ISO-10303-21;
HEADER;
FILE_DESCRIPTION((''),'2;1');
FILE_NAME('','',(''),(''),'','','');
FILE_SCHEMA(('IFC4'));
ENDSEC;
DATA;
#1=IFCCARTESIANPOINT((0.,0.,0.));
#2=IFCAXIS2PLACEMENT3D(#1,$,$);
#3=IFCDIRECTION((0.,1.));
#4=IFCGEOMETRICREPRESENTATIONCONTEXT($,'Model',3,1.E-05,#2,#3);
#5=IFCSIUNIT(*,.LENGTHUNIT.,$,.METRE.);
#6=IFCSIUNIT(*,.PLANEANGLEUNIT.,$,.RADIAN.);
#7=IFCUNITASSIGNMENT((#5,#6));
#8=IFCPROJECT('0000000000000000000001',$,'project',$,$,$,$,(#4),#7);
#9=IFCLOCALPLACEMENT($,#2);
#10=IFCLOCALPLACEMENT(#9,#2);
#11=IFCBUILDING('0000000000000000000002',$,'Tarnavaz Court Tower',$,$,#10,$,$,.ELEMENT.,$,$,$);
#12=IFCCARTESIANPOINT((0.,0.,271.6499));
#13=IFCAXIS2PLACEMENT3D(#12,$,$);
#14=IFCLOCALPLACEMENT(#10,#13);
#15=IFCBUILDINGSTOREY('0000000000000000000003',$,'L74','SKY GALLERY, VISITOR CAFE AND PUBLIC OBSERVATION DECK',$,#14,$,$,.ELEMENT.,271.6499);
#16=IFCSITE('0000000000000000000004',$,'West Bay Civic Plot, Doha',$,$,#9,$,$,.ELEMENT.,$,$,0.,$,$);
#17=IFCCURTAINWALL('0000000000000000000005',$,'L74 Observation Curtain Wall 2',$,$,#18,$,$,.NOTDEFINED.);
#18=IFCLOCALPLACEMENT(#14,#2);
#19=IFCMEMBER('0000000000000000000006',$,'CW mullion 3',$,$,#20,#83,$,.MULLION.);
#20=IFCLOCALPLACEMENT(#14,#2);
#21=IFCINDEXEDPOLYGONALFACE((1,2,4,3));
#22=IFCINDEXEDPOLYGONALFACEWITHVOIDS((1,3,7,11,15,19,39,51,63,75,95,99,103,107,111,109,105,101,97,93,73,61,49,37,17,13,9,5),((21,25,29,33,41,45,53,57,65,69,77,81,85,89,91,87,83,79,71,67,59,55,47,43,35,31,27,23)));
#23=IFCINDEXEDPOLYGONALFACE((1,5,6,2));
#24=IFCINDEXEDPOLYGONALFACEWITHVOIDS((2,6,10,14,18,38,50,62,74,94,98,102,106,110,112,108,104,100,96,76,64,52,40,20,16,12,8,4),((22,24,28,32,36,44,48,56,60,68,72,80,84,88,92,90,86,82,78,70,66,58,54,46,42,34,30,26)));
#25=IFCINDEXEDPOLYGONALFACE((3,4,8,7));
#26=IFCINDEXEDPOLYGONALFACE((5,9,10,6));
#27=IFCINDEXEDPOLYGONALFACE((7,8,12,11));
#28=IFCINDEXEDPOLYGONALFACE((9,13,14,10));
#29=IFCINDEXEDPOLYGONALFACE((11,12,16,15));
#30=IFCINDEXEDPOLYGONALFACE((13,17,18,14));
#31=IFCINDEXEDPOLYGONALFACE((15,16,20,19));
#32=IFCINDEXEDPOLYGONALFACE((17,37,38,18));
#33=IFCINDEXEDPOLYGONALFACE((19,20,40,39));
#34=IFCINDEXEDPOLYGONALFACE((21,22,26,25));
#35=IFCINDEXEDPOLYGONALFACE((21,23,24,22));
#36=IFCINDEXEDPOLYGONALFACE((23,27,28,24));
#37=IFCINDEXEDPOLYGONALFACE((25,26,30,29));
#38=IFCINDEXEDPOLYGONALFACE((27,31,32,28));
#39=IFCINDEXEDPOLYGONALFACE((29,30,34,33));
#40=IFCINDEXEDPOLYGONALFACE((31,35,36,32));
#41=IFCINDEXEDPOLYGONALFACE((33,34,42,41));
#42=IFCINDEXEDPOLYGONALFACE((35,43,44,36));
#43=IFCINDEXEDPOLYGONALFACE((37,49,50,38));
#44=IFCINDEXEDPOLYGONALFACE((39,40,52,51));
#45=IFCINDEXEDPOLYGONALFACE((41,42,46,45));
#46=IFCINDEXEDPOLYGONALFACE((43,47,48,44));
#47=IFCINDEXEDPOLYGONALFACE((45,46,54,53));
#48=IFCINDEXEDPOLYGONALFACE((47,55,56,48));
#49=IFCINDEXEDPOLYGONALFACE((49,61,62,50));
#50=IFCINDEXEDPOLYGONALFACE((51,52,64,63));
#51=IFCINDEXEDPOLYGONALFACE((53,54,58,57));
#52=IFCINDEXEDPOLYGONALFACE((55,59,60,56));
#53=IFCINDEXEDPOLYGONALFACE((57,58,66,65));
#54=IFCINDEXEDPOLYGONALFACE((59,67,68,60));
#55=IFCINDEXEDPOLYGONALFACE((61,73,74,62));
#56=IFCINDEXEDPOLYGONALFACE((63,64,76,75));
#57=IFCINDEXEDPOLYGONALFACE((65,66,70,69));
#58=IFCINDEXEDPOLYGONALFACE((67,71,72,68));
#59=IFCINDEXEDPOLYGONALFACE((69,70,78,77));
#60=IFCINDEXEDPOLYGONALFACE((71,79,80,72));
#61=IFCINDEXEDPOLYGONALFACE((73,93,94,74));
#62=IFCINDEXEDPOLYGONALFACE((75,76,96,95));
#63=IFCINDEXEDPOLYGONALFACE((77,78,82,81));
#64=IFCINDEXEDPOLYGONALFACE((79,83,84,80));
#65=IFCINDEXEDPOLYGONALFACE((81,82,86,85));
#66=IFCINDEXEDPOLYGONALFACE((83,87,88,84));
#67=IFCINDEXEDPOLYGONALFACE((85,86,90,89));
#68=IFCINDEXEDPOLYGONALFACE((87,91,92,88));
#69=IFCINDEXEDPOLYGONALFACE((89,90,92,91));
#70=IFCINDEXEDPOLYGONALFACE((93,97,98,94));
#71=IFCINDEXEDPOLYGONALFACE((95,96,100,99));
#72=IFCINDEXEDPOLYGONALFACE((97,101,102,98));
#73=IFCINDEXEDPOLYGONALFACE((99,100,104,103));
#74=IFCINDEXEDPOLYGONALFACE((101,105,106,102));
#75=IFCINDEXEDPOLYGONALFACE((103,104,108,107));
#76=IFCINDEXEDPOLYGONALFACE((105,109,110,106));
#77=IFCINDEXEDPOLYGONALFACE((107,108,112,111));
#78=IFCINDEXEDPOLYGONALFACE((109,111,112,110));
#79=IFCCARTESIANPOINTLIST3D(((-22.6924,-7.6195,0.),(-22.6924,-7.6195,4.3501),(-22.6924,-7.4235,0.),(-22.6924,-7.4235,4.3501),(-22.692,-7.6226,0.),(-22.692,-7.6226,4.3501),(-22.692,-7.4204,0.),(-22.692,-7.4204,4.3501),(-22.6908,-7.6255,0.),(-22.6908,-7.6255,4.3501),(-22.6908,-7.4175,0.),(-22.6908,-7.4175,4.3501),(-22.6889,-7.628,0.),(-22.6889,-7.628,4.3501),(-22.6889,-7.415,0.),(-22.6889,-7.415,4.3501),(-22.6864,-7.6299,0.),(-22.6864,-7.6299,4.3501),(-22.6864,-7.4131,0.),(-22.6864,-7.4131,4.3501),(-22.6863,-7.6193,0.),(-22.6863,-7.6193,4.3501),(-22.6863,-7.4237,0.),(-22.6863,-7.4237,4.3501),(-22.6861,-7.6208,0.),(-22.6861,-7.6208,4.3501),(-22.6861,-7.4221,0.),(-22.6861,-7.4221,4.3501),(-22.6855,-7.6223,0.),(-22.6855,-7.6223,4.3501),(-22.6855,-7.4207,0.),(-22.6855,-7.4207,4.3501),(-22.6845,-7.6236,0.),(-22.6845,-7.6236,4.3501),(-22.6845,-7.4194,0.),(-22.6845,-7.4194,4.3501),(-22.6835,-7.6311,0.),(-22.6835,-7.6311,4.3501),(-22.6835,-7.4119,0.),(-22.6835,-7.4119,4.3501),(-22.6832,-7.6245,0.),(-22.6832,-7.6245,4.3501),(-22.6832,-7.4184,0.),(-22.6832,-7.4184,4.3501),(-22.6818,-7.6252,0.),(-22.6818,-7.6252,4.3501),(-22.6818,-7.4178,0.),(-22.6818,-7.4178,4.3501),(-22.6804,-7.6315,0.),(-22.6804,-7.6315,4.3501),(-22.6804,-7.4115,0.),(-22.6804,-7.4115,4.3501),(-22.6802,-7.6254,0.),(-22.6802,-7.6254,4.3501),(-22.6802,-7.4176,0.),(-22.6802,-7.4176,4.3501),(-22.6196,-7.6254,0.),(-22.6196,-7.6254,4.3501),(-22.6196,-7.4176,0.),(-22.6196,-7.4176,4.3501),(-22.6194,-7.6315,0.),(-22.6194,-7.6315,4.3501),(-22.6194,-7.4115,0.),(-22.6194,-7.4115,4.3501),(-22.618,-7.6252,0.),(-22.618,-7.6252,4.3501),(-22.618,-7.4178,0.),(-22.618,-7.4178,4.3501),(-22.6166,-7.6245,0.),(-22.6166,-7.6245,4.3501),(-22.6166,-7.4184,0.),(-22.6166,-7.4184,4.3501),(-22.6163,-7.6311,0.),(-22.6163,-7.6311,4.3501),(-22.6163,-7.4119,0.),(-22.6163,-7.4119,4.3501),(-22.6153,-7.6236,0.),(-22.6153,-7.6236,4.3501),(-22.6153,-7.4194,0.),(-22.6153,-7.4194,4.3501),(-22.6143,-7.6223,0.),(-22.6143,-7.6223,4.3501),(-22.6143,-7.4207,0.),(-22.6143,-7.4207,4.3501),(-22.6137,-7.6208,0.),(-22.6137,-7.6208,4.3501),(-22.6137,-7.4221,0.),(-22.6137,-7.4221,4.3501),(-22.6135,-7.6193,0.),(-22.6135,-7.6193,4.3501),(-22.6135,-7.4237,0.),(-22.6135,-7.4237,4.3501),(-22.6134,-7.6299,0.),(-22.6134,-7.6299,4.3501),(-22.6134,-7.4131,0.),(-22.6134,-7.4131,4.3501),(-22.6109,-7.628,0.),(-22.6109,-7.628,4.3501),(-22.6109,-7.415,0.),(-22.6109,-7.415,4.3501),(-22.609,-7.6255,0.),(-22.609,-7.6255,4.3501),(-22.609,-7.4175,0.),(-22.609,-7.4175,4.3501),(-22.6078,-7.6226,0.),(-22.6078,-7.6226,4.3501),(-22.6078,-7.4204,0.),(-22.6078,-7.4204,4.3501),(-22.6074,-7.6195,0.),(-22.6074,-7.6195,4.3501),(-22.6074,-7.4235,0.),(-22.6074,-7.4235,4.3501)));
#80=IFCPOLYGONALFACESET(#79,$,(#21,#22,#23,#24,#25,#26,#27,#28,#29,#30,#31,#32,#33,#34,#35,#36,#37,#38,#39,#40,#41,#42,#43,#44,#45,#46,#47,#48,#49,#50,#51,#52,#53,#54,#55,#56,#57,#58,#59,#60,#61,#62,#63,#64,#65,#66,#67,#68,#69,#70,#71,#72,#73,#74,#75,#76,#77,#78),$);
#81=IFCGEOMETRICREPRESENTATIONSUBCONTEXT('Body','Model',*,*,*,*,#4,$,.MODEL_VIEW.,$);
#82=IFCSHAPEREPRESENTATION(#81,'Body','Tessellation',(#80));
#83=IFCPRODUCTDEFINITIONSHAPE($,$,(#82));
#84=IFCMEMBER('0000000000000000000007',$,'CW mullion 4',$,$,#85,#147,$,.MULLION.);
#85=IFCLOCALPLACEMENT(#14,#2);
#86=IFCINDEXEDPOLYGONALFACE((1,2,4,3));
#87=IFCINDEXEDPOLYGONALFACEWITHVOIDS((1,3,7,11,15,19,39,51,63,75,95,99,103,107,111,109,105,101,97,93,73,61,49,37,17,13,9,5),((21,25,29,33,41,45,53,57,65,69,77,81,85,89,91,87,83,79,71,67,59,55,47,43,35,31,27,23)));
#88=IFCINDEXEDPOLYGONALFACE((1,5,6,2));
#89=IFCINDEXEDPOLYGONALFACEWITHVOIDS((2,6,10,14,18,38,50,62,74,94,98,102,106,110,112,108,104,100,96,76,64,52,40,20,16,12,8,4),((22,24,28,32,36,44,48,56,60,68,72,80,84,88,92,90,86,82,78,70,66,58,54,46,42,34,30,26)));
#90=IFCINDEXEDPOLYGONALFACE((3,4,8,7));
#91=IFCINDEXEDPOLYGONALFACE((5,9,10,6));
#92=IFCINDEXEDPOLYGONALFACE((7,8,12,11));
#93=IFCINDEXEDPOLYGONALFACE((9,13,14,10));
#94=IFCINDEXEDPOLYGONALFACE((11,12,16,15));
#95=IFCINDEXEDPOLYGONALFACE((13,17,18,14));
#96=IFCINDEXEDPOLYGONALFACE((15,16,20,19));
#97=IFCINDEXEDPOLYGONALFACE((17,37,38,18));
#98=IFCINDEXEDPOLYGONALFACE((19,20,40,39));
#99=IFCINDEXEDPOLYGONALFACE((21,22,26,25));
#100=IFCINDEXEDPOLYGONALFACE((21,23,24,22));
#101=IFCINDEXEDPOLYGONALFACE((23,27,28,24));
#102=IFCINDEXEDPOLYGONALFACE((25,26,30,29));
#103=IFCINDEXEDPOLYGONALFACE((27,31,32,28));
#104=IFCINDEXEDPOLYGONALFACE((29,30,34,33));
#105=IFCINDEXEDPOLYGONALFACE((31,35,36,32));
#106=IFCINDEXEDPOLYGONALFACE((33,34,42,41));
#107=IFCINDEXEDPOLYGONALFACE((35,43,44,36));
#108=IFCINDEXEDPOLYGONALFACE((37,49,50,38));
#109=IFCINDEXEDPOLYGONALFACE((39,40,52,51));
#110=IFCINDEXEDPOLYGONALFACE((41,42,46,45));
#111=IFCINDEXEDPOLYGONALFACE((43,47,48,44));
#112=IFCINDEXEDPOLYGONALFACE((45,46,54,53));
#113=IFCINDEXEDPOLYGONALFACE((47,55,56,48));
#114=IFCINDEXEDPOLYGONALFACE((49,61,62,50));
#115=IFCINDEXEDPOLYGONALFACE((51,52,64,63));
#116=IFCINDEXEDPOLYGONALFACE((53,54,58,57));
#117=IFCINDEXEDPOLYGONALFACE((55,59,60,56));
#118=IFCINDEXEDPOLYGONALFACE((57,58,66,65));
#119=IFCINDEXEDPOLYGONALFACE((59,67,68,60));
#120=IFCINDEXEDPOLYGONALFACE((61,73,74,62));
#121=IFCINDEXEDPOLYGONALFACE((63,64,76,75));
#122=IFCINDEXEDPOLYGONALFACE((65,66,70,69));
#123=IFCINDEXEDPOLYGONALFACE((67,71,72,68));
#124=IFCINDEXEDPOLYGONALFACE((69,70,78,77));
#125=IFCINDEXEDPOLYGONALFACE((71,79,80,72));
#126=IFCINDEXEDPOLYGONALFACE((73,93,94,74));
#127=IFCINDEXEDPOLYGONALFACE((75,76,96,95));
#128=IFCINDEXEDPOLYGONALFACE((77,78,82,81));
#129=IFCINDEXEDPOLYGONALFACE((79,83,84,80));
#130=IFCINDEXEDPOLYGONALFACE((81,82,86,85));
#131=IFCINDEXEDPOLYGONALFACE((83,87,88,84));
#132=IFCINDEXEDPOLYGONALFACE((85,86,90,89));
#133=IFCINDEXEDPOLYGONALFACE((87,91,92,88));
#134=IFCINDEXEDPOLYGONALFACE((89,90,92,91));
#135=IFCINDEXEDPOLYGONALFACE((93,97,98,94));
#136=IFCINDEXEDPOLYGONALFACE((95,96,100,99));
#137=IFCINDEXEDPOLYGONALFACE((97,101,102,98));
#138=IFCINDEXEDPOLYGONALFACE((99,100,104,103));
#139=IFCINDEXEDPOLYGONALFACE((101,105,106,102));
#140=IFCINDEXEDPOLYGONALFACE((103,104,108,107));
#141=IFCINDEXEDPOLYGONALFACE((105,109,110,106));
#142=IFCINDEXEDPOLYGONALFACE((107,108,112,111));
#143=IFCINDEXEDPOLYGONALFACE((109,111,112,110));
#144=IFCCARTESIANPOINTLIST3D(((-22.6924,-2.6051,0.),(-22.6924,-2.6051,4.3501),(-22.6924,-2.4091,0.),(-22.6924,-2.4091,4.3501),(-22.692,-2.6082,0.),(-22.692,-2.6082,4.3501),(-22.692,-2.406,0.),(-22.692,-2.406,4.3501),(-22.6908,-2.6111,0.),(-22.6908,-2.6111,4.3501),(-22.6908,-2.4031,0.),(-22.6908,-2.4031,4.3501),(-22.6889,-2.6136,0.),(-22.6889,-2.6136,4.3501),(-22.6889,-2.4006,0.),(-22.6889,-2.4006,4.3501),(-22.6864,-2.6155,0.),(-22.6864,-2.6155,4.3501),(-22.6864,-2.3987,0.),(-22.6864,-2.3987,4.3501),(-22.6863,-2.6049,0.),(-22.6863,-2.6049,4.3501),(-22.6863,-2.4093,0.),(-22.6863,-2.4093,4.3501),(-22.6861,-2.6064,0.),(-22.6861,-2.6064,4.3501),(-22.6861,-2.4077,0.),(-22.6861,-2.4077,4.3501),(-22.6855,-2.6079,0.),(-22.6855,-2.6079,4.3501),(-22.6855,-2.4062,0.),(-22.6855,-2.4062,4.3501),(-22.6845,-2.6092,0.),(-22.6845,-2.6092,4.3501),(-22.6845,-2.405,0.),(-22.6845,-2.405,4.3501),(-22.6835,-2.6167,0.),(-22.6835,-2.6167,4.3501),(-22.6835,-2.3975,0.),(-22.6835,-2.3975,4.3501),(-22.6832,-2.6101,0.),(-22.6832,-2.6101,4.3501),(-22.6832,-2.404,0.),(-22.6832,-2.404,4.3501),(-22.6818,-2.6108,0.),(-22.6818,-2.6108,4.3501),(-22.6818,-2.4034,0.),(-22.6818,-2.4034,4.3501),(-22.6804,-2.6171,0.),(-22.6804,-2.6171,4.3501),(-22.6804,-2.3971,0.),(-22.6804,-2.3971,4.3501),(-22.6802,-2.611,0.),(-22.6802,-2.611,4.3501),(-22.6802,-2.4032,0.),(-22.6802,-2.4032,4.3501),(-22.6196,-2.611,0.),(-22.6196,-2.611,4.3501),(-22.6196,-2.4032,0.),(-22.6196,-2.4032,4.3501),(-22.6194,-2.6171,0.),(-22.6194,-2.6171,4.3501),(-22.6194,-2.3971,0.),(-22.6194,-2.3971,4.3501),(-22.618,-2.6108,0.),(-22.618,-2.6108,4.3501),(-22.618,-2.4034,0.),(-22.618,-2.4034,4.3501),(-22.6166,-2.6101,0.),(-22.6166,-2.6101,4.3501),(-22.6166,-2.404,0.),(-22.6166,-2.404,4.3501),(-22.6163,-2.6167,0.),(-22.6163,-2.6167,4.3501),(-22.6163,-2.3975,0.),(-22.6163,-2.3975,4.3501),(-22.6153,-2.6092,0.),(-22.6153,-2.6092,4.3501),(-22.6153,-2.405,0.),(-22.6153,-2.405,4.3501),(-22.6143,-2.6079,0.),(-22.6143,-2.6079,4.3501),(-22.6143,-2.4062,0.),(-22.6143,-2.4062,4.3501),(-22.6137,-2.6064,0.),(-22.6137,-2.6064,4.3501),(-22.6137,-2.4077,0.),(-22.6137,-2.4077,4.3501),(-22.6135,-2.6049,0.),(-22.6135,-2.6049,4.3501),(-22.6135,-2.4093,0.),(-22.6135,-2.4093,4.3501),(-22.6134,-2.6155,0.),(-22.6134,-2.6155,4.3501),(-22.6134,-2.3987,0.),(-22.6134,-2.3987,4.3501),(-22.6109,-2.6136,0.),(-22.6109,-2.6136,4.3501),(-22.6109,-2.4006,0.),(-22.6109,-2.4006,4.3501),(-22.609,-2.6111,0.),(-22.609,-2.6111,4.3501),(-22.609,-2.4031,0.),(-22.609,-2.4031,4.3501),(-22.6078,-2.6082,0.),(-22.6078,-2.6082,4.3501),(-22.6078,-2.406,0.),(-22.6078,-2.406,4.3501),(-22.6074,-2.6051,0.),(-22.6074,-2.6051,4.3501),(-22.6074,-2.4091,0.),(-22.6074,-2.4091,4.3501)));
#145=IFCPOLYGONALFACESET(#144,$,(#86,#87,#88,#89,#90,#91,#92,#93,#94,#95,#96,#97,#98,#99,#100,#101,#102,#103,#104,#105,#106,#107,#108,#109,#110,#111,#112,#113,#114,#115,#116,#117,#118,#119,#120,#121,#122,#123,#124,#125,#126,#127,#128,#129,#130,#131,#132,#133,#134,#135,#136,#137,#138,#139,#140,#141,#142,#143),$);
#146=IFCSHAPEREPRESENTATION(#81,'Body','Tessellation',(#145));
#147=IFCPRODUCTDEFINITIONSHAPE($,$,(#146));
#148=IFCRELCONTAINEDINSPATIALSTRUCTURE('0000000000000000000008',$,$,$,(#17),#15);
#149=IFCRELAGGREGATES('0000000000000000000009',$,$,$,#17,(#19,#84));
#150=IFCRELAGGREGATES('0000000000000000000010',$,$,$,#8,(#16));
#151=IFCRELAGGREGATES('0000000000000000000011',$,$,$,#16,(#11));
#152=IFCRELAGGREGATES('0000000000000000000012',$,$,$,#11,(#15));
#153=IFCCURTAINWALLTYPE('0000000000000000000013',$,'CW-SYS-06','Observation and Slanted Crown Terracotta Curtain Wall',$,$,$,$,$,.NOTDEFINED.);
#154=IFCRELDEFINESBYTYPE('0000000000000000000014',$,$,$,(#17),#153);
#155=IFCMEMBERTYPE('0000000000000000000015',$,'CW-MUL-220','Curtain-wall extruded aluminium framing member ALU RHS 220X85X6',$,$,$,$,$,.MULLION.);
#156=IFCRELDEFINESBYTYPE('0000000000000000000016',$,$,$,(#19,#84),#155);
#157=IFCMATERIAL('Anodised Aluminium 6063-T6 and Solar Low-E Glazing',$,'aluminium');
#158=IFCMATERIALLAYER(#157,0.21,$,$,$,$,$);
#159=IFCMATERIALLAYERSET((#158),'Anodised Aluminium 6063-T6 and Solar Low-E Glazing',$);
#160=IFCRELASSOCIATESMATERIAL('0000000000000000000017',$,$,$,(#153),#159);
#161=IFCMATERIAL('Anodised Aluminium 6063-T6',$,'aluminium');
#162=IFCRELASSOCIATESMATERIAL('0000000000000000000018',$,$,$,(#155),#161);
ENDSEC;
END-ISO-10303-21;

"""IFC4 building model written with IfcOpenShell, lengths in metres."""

from ifc_helpers import new_model, si_unit, direction, frame, origin, origin_2d, place, context, subcontext, project, spatial, hollow_rectangle, extrude, material, layer, layer_set, material_profile, profile_set, type_object, element, aggregate, save


model = new_model("IFC4")

# Units and contexts
model_context = context("Model", 3, precision=1e-05, world=origin(), true_north=direction((0.0, 1.0)))
body_context = subcontext(model_context, "Body", "Model", "MODEL_VIEW")
ifc_project = project(units=[si_unit("LENGTHUNIT", "METRE"), si_unit("PLANEANGLEUNIT", "RADIAN")], contexts=[model_context])

# Site, building, storey
site_placement = place(None, origin())
site = spatial("IfcSite", under=ifc_project, at=site_placement, Name="West Bay Civic Plot, Doha", CompositionType="ELEMENT", RefElevation=0.0)
building_placement = place(site_placement, origin())
building = spatial("IfcBuilding", under=site, at=building_placement, Name="Tarnavaz Court Tower", CompositionType="ELEMENT")
storey_placement = place(building_placement, frame((0.0, 0.0, 271.6499)))
storey = spatial("IfcBuildingStorey", under=building, at=storey_placement, Name="L74", Description="SKY GALLERY, VISITOR CAFE AND PUBLIC OBSERVATION DECK", CompositionType="ELEMENT", Elevation=271.6499)

# Curtain wall, members
ifc_material_1 = material(Name="Anodised Aluminium 6063-T6 and Solar Low-E Glazing", Category="aluminium")
ifc_layer_1 = layer(ifc_material_1, 0.21)
ifc_layer_set_1 = layer_set([ifc_layer_1], Name="Anodised Aluminium 6063-T6 and Solar Low-E Glazing")
curtain_wall_type = type_object("IfcCurtainWallType", Name="CW-SYS-06", Description="Observation and Slanted Crown Terracotta Curtain Wall", PredefinedType="NOTDEFINED", material=ifc_layer_set_1)
curtain_wall_placement = place(storey_placement, origin())
curtain_wall = element("IfcCurtainWall", 1, at=curtain_wall_placement, inside=storey, type_object=curtain_wall_type, Name="L74 Observation Curtain Wall 2", PredefinedType="NOTDEFINED")
ifc_material_2 = material(Name="Anodised Aluminium 6063-T6", Category="aluminium")
ifc_material_profile_1 = material_profile(ifc_material_2, hollow_rectangle(XDim=0.085, YDim=0.22, WallThickness=0.0061, InnerFilletRadius=0.0061, OuterFilletRadius=0.012, at=origin_2d()), Name="ALU RHS 220X85X6")
ifc_profile_set_1 = profile_set([ifc_material_profile_1], Name="Anodised Aluminium 6063-T6")
member_type_1 = type_object("IfcMemberType", Name="CW-MUL-220", Description="Curtain-wall extruded aluminium framing member ALU RHS 220X85X6", PredefinedType="MULLION", material=ifc_profile_set_1)
member_1_placement = place(storey_placement, frame((-22.6499, -7.5215, 0.0), z_axis=(0.0, 0.0, 1.0), x_axis=(-1.0, 0.0, 0.0)))
member_1 = element("IfcMember", 2, at=member_1_placement, type_object=member_type_1, Name="CW mullion 3", PredefinedType="MULLION", context=body_context, shape_type="SweptSolid", body=[
    extrude(hollow_rectangle(XDim=0.085, YDim=0.22, WallThickness=0.0061, InnerFilletRadius=0.0061, OuterFilletRadius=0.012, at=origin_2d()), origin(), (0.0, 0.0, 1.0), 4.3501),
])
member_2_placement = place(storey_placement, frame((-22.6499, -2.5071, 0.0), z_axis=(0.0, 0.0, 1.0), x_axis=(-1.0, 0.0, 0.0)))
member_2 = element("IfcMember", 3, at=member_2_placement, type_object=member_type_1, Name="CW mullion 4", PredefinedType="MULLION", context=body_context, shape_type="SweptSolid", body=[
    extrude(hollow_rectangle(XDim=0.085, YDim=0.22, WallThickness=0.0061, InnerFilletRadius=0.0061, OuterFilletRadius=0.012, at=origin_2d()), origin(), (0.0, 0.0, 1.0), 4.3501),
])
aggregate(curtain_wall, [member_1, member_2])

save(model, "model.ifc")
